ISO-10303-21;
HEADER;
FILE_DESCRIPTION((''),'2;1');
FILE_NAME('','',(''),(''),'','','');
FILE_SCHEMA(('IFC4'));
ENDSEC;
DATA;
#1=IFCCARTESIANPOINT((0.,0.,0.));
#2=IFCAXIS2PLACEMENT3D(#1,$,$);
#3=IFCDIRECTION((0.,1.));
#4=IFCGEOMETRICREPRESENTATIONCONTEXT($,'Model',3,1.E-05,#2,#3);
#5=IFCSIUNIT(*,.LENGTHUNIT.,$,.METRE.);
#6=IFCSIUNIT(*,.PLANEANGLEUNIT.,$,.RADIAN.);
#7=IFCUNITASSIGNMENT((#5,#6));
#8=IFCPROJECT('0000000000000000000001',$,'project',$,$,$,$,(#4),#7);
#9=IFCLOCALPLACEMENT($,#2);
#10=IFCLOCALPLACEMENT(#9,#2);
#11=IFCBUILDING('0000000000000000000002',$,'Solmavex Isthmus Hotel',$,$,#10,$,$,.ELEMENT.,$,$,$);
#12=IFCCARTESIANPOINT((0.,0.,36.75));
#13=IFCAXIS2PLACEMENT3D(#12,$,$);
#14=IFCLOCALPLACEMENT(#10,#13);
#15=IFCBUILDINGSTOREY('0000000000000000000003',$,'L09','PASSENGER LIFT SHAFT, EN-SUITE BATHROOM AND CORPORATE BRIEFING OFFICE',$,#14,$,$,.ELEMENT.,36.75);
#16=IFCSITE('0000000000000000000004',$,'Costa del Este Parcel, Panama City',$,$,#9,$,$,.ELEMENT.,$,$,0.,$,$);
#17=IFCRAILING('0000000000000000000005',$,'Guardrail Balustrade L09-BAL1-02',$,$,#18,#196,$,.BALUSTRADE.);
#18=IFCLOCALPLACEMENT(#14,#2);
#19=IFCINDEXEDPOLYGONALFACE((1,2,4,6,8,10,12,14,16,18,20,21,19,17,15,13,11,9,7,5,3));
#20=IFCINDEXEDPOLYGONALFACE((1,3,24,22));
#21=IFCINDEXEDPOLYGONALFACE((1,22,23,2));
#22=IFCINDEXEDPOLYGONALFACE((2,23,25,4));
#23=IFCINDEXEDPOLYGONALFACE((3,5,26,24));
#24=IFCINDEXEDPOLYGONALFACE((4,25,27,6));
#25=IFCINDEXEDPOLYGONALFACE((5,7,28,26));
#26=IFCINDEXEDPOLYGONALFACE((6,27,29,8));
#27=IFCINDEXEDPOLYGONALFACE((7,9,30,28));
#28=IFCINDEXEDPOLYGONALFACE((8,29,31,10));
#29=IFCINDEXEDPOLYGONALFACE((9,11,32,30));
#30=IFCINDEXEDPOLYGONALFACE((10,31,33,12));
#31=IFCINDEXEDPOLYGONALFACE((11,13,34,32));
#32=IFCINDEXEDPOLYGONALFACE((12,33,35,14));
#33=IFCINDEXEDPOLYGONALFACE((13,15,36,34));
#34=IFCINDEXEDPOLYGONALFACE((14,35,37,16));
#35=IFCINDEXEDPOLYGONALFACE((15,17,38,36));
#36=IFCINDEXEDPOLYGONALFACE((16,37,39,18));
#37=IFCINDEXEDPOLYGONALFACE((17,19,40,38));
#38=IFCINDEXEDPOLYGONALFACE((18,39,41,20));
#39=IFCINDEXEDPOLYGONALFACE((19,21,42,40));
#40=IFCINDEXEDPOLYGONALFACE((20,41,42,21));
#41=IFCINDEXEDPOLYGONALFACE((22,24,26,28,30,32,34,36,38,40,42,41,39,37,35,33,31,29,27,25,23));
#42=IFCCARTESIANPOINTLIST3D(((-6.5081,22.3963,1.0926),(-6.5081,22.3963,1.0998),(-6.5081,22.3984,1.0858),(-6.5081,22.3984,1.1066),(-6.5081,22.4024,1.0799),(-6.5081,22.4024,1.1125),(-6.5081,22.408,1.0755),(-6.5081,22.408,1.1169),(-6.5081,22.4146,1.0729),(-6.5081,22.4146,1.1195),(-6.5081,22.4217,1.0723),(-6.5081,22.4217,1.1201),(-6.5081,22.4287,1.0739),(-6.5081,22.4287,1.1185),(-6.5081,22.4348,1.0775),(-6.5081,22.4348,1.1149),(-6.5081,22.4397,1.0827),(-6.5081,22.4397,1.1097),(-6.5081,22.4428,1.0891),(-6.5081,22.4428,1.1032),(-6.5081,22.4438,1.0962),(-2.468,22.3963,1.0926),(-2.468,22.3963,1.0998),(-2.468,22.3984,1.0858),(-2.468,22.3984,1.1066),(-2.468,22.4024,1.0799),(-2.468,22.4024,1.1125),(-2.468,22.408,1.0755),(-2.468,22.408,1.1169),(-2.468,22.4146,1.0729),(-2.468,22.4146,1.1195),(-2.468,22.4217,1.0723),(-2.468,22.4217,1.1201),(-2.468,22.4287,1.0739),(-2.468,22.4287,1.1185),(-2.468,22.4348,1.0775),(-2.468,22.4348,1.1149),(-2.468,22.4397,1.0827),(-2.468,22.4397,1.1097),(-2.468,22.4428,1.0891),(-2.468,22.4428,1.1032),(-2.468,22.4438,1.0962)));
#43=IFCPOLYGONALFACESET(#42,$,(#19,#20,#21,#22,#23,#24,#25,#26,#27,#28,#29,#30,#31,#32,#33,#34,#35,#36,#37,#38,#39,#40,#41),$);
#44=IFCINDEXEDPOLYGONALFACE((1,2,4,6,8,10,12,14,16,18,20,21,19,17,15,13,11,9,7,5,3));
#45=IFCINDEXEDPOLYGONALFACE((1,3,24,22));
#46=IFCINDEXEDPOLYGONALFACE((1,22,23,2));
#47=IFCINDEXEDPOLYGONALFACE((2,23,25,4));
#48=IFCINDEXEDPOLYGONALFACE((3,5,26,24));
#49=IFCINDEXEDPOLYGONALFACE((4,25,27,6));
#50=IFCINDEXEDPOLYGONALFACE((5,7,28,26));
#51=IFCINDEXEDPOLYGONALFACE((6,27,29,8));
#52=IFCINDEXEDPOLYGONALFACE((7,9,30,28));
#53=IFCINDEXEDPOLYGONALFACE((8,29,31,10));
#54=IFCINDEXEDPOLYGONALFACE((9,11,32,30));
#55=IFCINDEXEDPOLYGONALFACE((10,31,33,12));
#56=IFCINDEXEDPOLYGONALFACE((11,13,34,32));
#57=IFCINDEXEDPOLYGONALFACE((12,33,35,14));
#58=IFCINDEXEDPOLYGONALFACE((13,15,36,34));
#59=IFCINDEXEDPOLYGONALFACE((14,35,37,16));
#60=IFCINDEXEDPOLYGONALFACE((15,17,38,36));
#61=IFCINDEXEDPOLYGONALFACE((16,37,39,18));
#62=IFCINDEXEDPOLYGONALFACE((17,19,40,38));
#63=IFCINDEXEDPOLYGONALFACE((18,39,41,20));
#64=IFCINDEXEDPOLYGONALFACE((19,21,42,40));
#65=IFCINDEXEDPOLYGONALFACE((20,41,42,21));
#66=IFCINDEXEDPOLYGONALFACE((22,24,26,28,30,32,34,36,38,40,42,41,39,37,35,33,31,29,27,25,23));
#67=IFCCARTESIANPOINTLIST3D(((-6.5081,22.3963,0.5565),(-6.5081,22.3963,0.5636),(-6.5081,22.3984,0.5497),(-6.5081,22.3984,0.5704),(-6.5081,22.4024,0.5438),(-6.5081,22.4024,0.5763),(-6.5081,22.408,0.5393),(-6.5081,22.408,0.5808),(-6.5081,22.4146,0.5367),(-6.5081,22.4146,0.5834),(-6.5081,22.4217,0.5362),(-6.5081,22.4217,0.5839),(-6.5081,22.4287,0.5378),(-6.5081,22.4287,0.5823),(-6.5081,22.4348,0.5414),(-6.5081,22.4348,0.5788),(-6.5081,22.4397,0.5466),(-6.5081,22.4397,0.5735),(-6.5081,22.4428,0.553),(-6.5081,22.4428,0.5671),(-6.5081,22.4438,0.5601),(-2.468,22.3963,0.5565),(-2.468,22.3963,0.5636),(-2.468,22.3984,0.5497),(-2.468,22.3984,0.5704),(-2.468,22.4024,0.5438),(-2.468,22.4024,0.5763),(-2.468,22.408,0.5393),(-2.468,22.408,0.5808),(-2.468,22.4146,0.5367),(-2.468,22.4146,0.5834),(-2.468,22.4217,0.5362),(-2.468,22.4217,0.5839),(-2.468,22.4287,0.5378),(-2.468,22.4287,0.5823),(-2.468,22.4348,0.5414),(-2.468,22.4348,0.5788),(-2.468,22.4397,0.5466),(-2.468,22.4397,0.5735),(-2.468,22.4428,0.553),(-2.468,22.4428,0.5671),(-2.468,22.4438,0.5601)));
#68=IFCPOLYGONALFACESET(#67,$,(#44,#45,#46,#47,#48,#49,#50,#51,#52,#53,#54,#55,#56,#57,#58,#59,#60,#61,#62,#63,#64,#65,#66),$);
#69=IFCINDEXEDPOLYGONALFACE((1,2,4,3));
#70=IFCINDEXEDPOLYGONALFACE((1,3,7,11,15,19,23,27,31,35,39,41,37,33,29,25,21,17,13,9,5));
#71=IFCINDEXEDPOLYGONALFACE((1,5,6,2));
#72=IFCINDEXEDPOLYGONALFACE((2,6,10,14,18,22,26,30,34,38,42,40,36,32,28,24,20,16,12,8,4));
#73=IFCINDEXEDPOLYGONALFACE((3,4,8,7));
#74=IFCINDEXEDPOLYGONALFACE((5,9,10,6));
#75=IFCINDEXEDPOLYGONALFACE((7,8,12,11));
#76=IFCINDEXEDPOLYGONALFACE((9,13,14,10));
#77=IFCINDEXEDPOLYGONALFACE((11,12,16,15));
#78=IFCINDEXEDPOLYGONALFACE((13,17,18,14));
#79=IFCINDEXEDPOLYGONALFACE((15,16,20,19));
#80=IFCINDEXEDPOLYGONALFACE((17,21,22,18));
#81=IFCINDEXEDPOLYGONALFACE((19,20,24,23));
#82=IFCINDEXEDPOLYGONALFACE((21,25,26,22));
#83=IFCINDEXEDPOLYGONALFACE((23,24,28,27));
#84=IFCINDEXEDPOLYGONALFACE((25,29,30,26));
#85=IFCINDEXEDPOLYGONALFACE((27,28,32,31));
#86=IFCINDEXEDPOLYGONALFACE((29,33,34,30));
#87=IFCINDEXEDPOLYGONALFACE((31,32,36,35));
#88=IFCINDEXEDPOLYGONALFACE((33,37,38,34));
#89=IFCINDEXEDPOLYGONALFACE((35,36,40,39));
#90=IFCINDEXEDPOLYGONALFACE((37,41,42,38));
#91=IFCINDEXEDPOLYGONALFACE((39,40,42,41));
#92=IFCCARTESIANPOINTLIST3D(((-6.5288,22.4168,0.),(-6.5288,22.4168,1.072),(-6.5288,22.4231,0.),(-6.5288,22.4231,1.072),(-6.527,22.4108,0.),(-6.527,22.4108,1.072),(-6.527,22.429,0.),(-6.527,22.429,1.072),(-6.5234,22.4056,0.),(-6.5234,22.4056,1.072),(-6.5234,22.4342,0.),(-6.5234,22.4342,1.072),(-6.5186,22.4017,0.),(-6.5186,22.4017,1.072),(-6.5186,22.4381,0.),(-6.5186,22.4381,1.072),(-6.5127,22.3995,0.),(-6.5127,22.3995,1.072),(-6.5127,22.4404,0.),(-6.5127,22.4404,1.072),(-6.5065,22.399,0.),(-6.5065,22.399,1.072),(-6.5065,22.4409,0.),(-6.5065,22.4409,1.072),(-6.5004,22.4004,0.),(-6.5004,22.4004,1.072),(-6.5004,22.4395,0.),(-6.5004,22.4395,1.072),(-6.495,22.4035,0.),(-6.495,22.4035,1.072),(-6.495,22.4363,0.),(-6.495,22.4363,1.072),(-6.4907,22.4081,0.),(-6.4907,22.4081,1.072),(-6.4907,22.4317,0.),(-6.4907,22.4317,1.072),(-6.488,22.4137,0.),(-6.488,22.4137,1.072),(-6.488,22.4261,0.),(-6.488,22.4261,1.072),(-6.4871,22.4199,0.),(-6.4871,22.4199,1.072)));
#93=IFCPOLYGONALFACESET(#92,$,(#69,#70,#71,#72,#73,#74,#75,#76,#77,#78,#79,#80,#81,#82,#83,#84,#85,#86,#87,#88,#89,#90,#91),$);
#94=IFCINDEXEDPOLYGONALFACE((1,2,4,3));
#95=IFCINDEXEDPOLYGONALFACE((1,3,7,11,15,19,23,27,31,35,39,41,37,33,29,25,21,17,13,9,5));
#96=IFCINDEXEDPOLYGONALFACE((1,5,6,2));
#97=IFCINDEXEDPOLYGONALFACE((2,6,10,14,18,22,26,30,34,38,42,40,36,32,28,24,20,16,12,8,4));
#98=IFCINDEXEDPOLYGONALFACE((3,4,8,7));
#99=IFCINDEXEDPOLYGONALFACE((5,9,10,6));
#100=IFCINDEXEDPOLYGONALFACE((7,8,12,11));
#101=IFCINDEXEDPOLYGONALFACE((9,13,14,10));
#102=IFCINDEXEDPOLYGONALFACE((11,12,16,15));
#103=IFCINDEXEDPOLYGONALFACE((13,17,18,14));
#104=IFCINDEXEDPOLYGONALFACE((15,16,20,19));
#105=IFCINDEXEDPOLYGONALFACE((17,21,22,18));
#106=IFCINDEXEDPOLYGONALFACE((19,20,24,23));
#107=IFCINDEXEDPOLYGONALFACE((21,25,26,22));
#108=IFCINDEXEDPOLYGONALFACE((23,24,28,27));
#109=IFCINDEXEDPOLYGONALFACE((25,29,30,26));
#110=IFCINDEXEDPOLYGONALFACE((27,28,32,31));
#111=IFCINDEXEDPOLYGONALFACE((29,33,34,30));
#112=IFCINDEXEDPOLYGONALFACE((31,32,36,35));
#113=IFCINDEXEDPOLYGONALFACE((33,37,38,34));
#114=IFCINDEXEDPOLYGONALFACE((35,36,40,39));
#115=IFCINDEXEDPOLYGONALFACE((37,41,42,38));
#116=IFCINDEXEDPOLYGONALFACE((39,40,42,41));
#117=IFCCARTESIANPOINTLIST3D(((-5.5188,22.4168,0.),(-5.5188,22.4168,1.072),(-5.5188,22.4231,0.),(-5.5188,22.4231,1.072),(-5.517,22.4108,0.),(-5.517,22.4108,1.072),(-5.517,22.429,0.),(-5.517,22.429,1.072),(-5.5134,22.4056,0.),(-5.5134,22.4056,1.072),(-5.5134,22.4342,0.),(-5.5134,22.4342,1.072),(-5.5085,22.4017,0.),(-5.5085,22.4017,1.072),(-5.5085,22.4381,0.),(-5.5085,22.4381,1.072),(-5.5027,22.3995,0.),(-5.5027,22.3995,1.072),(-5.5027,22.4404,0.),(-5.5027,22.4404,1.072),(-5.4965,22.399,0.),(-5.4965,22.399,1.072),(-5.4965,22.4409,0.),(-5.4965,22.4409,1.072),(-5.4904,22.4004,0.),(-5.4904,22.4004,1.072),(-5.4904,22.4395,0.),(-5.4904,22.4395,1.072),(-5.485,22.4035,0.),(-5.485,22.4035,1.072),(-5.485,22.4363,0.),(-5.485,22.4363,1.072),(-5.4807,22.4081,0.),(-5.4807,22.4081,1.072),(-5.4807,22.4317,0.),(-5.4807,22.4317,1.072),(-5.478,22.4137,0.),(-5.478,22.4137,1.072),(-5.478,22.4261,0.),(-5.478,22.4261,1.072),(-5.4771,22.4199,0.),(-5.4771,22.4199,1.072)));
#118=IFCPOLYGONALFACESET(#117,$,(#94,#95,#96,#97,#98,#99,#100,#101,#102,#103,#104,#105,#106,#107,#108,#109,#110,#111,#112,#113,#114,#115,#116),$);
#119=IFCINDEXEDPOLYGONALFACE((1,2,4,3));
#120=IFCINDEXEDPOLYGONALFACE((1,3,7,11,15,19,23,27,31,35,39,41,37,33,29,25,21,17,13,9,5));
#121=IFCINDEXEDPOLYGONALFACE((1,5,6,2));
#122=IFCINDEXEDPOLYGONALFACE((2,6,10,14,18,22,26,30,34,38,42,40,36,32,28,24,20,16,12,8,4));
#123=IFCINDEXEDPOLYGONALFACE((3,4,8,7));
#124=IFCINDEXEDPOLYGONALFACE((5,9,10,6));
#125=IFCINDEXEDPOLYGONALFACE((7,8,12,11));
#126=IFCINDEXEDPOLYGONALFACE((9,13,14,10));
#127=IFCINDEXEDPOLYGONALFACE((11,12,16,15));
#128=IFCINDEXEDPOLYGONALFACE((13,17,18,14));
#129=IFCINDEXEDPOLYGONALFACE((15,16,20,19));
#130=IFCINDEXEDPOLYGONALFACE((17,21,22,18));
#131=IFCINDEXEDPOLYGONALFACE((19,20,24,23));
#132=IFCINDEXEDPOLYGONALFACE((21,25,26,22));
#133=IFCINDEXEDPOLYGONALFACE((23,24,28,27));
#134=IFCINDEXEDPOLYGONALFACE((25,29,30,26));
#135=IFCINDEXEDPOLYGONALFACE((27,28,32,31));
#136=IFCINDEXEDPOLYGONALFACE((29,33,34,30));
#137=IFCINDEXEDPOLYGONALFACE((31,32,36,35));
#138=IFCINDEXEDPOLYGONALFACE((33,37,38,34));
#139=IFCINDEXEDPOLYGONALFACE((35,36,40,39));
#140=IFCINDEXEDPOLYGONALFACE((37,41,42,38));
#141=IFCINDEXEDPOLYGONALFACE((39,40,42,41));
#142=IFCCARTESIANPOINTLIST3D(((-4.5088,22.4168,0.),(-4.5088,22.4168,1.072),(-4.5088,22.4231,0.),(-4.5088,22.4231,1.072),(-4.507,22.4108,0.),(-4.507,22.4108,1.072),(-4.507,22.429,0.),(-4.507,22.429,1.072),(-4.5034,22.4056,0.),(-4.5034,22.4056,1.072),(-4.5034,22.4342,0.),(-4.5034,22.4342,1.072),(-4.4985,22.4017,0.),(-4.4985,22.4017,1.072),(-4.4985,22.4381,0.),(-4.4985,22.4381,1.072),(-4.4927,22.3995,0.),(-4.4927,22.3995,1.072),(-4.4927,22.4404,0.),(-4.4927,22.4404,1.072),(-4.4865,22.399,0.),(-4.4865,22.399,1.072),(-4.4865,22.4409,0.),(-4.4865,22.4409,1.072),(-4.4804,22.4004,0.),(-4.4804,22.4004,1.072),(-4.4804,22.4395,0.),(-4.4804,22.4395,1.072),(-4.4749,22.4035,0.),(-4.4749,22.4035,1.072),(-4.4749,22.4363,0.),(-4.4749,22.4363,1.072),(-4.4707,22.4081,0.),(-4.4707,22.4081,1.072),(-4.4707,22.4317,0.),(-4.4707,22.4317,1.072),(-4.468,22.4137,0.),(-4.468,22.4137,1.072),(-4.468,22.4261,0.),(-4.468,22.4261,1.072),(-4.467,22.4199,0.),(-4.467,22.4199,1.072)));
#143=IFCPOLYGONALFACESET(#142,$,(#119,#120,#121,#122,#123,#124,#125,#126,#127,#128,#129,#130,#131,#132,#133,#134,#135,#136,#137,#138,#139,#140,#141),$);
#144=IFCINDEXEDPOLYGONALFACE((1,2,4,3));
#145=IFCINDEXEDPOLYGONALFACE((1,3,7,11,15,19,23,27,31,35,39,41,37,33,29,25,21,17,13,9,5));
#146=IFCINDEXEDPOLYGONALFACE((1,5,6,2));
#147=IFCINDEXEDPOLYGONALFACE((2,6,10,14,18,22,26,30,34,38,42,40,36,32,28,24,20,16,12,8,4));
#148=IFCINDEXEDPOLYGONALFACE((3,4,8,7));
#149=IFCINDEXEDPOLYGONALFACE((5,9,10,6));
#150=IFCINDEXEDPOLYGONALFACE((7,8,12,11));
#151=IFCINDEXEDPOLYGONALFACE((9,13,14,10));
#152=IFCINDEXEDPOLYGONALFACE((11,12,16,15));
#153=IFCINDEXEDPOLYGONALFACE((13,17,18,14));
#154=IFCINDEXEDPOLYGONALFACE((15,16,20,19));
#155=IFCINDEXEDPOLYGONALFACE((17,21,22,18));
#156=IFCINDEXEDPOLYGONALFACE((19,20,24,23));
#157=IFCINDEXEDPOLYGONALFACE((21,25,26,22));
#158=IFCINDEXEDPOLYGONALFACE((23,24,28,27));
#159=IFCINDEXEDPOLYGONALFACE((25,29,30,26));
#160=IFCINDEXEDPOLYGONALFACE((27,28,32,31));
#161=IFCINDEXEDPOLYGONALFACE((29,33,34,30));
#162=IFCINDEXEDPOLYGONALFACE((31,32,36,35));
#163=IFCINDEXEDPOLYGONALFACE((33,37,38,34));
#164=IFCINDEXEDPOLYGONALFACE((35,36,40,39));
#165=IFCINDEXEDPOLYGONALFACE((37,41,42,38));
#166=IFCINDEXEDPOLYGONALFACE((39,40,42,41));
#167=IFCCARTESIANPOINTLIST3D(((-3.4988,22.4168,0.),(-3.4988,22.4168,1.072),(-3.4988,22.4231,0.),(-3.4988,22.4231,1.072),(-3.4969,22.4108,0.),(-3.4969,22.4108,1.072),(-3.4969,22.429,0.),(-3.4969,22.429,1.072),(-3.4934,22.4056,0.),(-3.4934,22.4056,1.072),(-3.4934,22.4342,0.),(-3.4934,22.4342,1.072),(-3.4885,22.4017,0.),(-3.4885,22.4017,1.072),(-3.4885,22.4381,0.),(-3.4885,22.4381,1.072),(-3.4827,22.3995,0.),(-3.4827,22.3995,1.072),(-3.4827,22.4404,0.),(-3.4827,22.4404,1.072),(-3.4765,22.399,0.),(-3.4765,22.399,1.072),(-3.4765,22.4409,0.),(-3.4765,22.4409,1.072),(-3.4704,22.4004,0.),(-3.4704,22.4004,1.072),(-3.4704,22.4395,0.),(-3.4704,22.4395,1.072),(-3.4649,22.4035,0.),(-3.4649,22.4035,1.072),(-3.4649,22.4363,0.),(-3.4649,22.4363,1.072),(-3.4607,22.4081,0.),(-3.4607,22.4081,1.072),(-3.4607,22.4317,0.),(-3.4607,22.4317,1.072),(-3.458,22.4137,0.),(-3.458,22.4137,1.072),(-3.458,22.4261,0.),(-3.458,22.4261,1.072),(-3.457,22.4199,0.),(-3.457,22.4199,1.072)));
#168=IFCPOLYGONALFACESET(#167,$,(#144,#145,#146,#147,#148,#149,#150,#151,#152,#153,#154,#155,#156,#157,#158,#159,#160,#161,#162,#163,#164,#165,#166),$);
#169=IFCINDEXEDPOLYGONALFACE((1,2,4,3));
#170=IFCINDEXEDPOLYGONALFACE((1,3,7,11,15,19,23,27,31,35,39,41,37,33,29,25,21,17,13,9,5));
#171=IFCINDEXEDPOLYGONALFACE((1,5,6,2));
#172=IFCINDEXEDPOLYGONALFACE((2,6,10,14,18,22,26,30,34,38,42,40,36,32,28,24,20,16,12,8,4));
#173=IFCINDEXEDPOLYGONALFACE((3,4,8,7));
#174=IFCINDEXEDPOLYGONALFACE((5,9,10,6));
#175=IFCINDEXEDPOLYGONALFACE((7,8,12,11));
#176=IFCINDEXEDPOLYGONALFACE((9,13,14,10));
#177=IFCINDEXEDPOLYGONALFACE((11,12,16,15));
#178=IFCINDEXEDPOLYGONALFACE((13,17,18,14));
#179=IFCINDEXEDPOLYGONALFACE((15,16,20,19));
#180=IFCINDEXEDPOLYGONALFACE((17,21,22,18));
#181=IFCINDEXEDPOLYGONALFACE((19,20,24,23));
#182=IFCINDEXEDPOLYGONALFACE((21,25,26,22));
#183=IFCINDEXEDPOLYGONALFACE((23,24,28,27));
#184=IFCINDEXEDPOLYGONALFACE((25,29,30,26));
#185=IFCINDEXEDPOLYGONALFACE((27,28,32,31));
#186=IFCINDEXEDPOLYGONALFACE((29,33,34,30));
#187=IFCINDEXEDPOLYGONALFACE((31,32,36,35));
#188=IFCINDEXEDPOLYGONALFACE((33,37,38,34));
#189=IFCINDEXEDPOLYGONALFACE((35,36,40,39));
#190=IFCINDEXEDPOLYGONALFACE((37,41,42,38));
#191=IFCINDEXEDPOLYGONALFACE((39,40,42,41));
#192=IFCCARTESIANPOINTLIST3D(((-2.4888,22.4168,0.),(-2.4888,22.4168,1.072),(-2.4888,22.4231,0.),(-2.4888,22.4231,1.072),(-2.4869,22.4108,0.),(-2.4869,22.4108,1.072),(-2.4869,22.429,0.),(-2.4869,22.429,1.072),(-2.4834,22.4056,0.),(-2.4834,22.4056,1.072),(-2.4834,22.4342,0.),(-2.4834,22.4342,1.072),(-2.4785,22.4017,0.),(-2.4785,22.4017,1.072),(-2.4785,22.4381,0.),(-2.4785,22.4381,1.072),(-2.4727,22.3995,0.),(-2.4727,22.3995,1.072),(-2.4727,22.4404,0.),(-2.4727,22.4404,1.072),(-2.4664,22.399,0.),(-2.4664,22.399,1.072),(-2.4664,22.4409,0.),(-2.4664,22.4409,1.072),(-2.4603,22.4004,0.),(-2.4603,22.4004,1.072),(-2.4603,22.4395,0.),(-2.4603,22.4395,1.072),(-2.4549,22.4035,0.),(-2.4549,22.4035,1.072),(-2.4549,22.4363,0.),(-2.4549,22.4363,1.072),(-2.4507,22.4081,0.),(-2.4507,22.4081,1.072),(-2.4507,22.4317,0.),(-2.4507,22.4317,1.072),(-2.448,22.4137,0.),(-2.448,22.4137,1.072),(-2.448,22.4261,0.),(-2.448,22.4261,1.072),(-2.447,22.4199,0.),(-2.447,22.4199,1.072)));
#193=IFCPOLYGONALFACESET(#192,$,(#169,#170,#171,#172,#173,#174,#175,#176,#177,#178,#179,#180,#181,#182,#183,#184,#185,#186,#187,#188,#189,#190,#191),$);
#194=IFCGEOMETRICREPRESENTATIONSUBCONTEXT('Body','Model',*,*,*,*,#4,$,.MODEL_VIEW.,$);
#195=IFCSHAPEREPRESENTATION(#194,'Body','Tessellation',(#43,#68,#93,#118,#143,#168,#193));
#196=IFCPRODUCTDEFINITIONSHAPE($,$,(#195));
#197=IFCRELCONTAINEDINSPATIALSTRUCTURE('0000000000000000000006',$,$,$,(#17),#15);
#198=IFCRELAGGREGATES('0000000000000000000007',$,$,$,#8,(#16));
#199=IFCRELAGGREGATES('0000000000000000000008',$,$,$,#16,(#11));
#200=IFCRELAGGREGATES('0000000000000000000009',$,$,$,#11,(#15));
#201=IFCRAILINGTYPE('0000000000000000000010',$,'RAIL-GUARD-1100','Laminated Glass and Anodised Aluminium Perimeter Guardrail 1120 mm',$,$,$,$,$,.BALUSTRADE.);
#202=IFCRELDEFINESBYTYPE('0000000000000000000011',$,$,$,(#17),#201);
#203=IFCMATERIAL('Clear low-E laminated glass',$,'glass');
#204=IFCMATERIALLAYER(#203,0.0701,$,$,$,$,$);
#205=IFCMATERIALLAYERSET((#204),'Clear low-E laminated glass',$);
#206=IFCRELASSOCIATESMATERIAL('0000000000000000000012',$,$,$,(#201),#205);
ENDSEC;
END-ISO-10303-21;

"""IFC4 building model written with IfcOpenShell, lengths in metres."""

from ifc_helpers import new_model, si_unit, direction, frame, origin, origin_2d, place, context, subcontext, project, spatial, circle, extrude, material, layer, layer_set, type_object, element, save


model = new_model("IFC4")

# Units and contexts
model_context = context("Model", 3, precision=1e-05, world=origin(), true_north=direction((0.0, 1.0)))
body_context = subcontext(model_context, "Body", "Model", "MODEL_VIEW")
ifc_project = project(units=[si_unit("LENGTHUNIT", "METRE"), si_unit("PLANEANGLEUNIT", "RADIAN")], contexts=[model_context])

# Site, building, storey
site_placement = place(None, origin())
site = spatial("IfcSite", under=ifc_project, at=site_placement, Name="Costa del Este Parcel, Panama City", CompositionType="ELEMENT", RefElevation=0.0)
building_placement = place(site_placement, origin())
building = spatial("IfcBuilding", under=site, at=building_placement, Name="Solmavex Isthmus Hotel", CompositionType="ELEMENT")
storey_placement = place(building_placement, frame((0.0, 0.0, 36.75)))
storey = spatial("IfcBuildingStorey", under=building, at=storey_placement, Name="L09", Description="PASSENGER LIFT SHAFT, EN-SUITE BATHROOM AND CORPORATE BRIEFING OFFICE", CompositionType="ELEMENT", Elevation=36.75)

# Shared definitions
ifc_material_1 = material(Name="Clear low-E laminated glass", Category="glass")

# Railing
ifc_layer_1 = layer(ifc_material_1, 0.0701)
ifc_layer_set_1 = layer_set([ifc_layer_1], Name="Clear low-E laminated glass")
railing_type = type_object("IfcRailingType", Name="RAIL-GUARD-1100", Description="Laminated Glass and Anodised Aluminium Perimeter Guardrail 1120 mm", PredefinedType="BALUSTRADE", material=ifc_layer_set_1)
railing_1_placement = place(storey_placement, frame((-6.5081, 22.4199, 0.0)))
element("IfcRailing", 1, at=railing_1_placement, inside=storey, type_object=railing_type, Name="Guardrail Balustrade L09-BAL1-02", PredefinedType="BALUSTRADE", context=body_context, shape_type="SweptSolid", body=[
    extrude(circle(Radius=0.0239, at=origin_2d()), frame((0.0, 0.0, 1.0962), z_axis=(1.0, 0.0, 0.0), x_axis=(0.0, 1.0, 0.0)), (0.0, 0.0, 1.0), 4.04),
    extrude(circle(Radius=0.0239, at=origin_2d()), frame((0.0, 0.0, 0.5601), z_axis=(1.0, 0.0, 0.0), x_axis=(0.0, 1.0, 0.0)), (0.0, 0.0, 1.0), 4.04),
    extrude(circle(Radius=0.021, at=origin_2d()), origin(), (0.0, 0.0, 1.0), 1.072),
    extrude(circle(Radius=0.021, at=origin_2d()), frame((1.01, 0.0, 0.0)), (0.0, 0.0, 1.0), 1.072),
    extrude(circle(Radius=0.021, at=origin_2d()), frame((2.02, 0.0, 0.0)), (0.0, 0.0, 1.0), 1.072),
    extrude(circle(Radius=0.021, at=origin_2d()), frame((3.03, 0.0, 0.0)), (0.0, 0.0, 1.0), 1.072),
    extrude(circle(Radius=0.021, at=origin_2d()), frame((4.04, 0.0, 0.0)), (0.0, 0.0, 1.0), 1.072),
])

save(model, "model.ifc")
